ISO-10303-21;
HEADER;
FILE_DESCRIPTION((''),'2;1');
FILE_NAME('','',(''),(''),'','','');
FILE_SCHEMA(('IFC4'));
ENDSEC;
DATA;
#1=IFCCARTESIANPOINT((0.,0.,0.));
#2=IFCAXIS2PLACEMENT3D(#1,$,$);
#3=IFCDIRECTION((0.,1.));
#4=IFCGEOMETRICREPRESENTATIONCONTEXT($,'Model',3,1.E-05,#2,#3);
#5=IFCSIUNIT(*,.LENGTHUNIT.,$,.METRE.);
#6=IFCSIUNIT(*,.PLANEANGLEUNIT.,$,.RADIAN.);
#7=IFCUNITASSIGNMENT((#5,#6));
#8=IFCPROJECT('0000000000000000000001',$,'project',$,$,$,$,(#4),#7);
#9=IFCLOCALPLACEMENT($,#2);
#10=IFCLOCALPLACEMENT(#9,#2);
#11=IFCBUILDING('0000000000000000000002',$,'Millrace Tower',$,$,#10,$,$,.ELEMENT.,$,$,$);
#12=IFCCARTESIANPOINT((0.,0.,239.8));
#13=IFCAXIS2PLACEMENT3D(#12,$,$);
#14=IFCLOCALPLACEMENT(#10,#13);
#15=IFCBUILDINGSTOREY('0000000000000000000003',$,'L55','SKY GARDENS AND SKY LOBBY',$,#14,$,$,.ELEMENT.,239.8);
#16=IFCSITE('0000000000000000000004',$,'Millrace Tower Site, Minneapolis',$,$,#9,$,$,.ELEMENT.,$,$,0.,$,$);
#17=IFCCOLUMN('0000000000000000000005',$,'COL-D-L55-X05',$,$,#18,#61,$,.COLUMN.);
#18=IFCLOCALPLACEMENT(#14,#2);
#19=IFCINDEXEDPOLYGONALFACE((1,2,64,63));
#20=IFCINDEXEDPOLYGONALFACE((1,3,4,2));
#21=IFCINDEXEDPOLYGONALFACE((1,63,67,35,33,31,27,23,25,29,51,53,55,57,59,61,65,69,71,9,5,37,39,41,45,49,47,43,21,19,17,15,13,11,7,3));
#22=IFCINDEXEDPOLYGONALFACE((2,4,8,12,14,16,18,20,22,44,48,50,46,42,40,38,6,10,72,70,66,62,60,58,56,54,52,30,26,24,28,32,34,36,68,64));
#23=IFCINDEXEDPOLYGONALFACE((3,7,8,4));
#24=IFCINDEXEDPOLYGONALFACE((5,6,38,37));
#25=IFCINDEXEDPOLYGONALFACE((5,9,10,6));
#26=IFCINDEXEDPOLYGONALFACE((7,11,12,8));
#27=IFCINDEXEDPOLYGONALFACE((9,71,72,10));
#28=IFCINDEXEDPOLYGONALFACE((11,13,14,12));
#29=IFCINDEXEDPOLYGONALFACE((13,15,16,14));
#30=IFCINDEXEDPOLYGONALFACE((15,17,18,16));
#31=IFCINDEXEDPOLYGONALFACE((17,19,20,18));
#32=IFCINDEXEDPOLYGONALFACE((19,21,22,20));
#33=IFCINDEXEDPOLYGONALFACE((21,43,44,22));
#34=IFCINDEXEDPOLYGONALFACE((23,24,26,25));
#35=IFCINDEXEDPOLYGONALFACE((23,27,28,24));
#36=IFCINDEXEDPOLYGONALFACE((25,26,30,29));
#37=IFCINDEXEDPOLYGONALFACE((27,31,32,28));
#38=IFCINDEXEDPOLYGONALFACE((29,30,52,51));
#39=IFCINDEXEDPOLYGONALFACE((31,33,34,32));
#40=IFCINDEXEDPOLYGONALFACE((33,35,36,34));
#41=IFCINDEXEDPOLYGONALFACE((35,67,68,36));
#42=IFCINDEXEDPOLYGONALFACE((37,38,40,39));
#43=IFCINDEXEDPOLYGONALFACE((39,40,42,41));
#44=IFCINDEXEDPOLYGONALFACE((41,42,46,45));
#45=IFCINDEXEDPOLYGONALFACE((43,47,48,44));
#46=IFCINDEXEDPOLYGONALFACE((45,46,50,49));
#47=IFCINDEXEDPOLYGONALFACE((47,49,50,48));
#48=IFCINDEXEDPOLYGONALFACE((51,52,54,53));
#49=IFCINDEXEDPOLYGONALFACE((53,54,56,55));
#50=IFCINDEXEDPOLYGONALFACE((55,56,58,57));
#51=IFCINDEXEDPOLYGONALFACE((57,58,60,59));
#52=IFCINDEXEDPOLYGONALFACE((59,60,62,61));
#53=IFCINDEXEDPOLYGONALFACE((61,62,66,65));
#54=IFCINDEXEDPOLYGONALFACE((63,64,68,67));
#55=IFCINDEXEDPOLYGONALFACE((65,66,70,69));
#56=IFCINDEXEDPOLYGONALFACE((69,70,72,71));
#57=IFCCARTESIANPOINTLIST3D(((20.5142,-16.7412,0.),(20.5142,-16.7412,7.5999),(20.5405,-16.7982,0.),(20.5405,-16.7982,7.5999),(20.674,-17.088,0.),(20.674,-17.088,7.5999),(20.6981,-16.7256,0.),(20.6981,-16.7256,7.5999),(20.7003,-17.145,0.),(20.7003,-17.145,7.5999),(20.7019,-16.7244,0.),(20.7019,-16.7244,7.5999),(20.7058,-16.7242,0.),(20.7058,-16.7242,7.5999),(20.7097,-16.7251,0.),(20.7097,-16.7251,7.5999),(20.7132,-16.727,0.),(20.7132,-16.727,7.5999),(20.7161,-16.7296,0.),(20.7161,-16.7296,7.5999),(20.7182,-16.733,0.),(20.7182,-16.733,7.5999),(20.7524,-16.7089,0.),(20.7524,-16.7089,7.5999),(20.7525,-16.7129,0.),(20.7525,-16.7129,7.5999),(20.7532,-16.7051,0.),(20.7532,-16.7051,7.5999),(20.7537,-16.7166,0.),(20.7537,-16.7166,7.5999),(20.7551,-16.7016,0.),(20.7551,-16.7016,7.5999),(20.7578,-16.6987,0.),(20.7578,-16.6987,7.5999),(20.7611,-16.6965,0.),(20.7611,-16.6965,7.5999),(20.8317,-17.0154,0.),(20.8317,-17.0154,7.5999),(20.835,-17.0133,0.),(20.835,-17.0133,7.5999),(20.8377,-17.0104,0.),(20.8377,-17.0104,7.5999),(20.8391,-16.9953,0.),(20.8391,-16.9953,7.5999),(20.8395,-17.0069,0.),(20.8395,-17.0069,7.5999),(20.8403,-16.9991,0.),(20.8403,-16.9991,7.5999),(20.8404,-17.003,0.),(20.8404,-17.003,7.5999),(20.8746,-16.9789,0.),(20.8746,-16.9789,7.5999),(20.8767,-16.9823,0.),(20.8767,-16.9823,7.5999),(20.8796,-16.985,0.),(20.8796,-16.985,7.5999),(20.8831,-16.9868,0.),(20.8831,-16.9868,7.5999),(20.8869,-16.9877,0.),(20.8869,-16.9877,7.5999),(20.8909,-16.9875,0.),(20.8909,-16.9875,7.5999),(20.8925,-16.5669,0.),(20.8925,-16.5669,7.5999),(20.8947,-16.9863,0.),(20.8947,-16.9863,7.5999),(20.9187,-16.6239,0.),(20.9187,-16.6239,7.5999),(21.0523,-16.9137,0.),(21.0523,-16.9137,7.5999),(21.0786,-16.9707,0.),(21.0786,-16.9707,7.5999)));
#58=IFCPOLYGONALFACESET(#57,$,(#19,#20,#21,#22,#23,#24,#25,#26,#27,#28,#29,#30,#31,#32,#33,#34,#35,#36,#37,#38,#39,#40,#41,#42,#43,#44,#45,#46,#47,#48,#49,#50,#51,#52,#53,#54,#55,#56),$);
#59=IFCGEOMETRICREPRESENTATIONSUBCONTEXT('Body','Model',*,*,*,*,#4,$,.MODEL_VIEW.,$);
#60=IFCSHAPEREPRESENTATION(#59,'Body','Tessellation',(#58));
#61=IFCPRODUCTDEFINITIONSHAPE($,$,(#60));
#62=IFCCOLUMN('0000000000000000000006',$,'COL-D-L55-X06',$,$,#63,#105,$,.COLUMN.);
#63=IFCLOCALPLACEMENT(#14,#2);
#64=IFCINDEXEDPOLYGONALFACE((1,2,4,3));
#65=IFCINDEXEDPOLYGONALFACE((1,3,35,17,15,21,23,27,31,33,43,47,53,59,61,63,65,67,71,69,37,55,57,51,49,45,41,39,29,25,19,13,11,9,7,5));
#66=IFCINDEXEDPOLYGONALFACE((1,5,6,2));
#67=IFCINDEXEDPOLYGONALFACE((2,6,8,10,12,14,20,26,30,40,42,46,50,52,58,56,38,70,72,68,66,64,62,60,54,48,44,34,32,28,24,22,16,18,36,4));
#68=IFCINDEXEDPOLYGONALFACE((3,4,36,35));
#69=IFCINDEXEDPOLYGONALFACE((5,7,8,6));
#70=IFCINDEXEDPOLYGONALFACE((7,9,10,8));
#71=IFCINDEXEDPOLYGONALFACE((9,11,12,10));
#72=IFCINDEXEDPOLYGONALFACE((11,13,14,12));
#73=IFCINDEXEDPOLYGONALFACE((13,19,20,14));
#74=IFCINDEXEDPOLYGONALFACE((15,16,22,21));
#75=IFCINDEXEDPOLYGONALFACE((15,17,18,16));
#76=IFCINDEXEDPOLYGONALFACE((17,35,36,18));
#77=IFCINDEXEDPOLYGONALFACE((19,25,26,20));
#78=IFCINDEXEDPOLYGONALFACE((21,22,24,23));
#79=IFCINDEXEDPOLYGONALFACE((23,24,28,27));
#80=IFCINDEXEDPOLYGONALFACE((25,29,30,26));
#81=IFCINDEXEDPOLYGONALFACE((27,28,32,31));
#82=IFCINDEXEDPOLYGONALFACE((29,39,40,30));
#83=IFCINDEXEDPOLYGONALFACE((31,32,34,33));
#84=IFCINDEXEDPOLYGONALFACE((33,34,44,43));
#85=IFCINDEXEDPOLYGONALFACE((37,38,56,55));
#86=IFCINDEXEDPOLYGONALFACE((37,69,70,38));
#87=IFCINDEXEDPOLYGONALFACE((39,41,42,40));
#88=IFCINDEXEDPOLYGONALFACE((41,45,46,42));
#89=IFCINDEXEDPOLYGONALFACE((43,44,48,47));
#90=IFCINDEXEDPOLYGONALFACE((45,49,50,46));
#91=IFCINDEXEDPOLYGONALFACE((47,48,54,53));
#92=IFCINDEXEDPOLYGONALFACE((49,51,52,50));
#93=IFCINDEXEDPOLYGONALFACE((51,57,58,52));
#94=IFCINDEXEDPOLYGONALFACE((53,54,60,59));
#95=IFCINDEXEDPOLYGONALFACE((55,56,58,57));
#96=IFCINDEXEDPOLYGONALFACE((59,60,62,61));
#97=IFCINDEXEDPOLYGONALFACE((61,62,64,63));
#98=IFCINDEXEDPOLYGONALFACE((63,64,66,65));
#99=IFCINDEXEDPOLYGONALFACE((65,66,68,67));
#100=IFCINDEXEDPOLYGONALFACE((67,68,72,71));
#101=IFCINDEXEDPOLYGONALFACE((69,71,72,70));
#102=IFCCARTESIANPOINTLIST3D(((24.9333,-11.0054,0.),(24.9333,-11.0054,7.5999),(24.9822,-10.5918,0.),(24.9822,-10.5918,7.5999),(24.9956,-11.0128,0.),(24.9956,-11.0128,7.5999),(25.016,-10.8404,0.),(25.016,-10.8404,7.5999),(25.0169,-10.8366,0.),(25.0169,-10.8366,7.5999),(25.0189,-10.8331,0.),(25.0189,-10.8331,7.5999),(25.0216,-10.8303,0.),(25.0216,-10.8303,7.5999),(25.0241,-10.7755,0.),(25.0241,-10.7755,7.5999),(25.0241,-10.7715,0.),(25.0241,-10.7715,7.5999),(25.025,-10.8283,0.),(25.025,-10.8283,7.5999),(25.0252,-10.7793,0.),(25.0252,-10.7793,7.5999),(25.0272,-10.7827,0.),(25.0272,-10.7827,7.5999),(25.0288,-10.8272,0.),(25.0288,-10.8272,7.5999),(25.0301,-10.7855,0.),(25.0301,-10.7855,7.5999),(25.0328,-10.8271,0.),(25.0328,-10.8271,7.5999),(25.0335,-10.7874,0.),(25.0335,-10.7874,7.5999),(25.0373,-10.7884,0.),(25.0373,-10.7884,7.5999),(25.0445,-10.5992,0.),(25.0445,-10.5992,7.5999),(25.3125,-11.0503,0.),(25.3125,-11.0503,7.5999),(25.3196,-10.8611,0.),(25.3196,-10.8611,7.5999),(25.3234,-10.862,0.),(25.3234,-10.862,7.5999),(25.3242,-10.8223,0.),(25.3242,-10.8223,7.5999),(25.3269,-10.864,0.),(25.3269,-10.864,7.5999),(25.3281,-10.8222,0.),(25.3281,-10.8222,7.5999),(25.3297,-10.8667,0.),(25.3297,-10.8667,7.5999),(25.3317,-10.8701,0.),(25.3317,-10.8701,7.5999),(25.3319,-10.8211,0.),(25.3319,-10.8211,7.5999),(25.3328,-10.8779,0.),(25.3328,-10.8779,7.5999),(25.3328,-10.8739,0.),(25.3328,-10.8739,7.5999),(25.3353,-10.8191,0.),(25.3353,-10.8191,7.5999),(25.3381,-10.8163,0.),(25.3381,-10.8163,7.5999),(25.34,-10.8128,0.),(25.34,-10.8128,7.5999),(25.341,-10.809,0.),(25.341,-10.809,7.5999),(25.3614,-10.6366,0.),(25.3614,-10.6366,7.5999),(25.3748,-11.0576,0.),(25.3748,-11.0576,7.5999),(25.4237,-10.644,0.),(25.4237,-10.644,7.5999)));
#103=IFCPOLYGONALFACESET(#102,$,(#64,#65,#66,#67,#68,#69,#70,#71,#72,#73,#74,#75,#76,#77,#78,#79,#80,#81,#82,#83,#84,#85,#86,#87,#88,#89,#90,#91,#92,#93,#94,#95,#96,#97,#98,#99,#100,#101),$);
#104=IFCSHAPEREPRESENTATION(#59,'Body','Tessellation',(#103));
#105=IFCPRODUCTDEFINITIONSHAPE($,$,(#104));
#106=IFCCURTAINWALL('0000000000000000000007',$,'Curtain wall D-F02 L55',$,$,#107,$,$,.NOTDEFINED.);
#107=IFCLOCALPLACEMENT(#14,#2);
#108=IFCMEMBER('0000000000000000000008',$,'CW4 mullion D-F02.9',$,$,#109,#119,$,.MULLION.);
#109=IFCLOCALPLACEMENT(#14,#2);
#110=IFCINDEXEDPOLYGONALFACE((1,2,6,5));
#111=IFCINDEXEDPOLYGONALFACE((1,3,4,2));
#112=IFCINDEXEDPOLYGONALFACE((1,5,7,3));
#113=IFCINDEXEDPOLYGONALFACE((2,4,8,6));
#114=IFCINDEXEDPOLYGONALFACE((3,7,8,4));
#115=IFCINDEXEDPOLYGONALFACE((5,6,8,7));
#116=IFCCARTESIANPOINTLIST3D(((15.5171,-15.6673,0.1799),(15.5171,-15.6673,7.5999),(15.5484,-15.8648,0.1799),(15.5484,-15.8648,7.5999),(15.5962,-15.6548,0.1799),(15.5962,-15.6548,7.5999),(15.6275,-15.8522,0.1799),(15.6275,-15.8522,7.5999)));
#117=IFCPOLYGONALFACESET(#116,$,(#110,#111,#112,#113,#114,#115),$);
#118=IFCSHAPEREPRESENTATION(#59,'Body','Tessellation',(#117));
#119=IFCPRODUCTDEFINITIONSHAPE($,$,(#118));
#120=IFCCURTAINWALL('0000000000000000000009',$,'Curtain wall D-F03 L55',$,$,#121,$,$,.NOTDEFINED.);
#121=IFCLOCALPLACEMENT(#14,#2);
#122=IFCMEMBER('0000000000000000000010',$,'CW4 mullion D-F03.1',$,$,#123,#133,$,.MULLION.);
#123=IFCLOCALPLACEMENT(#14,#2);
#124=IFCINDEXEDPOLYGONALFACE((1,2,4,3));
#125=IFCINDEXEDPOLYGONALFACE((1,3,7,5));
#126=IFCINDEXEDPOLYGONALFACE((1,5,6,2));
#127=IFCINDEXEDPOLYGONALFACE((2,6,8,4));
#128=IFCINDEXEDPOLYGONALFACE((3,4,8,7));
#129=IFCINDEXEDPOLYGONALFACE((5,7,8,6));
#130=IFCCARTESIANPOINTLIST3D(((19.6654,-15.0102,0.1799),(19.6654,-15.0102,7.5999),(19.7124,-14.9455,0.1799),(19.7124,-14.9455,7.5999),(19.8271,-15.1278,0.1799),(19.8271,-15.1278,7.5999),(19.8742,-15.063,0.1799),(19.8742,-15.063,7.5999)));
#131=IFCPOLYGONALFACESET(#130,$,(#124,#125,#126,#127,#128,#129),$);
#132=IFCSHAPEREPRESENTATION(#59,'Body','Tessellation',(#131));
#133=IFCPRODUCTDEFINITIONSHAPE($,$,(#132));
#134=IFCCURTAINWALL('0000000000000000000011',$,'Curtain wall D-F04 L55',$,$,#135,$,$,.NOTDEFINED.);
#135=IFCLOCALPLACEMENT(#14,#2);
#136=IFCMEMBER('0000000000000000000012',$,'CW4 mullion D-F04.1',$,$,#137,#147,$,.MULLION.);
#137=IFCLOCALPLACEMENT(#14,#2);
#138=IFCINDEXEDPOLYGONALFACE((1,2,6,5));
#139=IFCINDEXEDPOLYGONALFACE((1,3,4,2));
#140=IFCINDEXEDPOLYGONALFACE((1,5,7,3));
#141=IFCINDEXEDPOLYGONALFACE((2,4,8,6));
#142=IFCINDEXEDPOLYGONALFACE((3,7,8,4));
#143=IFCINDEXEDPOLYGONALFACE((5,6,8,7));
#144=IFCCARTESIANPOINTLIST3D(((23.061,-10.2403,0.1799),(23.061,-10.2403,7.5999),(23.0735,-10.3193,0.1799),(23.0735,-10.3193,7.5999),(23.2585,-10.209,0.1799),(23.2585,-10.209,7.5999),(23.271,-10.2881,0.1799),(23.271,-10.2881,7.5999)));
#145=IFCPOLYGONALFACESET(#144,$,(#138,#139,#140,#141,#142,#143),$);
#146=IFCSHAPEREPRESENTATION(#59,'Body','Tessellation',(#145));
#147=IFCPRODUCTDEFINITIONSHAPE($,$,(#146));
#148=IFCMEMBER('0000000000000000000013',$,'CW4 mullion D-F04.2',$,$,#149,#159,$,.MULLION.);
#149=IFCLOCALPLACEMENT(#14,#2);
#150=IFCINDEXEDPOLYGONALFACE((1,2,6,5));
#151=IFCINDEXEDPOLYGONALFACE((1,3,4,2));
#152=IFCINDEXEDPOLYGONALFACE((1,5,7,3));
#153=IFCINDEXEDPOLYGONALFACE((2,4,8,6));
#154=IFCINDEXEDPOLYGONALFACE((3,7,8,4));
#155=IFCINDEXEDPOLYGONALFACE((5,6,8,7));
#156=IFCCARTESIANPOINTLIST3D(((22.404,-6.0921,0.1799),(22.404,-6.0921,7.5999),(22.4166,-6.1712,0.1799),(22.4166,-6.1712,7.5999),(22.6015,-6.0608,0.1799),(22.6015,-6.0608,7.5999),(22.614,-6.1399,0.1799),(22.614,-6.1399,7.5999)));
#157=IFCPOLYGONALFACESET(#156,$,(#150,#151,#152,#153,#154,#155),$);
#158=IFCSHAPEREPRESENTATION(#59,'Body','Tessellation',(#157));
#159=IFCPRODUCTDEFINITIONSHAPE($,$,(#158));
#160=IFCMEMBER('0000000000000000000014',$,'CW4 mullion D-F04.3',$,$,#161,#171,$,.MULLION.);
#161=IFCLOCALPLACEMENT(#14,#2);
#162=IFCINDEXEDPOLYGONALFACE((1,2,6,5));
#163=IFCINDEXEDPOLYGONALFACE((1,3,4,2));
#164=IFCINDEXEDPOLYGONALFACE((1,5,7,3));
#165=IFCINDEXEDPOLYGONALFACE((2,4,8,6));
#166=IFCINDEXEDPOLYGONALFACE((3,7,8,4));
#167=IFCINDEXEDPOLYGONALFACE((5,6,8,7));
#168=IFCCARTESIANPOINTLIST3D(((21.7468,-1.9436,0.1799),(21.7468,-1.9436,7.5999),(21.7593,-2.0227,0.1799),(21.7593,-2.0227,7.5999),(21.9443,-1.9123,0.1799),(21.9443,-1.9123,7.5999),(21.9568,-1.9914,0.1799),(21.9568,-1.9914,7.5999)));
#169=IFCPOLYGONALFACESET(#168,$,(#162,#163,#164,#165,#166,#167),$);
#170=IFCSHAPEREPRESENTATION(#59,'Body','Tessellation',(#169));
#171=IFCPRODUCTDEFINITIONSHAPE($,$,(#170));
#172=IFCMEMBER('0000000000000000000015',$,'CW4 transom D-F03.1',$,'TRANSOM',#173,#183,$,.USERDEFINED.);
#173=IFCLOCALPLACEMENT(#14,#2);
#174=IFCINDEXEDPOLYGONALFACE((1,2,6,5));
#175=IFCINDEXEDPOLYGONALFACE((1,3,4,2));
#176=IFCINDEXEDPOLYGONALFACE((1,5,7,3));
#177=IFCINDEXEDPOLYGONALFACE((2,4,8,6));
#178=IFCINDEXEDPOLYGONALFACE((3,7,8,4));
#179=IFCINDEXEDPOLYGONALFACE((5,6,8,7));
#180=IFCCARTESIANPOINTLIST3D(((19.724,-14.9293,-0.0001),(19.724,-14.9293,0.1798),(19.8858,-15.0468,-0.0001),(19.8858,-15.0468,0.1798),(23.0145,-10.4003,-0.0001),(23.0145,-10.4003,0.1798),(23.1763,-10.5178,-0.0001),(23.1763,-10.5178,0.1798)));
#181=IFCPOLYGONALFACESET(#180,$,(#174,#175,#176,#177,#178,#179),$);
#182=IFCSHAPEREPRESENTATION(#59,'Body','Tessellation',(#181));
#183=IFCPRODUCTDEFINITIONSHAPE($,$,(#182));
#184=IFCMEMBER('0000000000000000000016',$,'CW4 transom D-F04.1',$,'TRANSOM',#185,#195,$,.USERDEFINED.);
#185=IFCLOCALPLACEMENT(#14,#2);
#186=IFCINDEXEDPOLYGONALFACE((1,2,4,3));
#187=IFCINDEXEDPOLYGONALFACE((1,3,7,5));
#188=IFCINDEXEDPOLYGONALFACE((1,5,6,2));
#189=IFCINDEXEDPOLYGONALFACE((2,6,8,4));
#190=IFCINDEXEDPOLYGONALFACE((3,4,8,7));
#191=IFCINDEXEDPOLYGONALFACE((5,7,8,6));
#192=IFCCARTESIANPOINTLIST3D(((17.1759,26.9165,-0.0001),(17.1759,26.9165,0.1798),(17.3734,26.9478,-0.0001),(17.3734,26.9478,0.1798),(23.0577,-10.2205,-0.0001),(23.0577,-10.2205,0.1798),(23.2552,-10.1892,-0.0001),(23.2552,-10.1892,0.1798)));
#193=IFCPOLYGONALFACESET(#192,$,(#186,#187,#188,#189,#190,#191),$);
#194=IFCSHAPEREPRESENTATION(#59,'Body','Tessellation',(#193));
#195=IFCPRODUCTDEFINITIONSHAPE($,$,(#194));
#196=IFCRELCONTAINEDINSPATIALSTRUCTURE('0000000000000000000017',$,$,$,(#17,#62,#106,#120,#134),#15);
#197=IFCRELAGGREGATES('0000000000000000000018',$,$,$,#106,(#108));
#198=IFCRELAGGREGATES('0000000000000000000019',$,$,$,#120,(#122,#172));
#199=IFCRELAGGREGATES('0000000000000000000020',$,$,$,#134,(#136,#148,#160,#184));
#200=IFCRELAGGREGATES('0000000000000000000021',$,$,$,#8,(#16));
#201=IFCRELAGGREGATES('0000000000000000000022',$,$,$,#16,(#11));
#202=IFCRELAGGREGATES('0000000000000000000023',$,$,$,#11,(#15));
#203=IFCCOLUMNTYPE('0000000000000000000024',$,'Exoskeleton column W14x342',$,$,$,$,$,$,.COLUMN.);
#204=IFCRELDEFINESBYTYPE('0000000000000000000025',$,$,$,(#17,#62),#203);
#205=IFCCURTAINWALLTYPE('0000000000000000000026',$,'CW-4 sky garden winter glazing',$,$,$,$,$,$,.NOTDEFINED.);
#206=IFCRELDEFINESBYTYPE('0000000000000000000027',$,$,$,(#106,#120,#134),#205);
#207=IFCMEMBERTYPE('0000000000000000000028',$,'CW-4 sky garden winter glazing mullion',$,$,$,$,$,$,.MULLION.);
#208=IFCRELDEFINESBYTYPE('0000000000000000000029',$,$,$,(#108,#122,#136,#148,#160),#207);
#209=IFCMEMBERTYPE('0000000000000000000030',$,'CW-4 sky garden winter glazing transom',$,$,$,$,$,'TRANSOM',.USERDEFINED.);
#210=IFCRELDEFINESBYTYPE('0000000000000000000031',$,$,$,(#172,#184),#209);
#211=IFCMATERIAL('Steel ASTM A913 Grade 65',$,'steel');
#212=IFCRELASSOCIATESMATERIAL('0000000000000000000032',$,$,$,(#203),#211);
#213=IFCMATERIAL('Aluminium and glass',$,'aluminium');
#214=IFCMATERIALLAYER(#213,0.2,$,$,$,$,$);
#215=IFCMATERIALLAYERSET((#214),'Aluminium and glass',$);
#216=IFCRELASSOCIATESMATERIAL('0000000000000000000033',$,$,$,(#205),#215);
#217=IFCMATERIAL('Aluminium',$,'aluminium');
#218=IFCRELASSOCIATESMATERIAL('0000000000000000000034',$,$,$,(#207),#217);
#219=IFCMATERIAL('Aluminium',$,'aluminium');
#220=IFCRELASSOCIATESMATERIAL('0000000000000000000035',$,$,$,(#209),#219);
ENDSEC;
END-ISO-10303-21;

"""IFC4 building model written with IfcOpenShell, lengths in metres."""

from ifc_helpers import new_model, si_unit, direction, frame, origin, origin_2d, place, context, subcontext, project, spatial, rectangle, i_section, extrude, material, layer, layer_set, material_profile, profile_set, type_object, element, aggregate, save


model = new_model("IFC4")

# Units and contexts
model_context = context("Model", 3, precision=1e-05, world=origin(), true_north=direction((0.0, 1.0)))
body_context = subcontext(model_context, "Body", "Model", "MODEL_VIEW")
ifc_project = project(units=[si_unit("LENGTHUNIT", "METRE"), si_unit("PLANEANGLEUNIT", "RADIAN")], contexts=[model_context])

# Site, building, storey
site_placement = place(None, origin())
site = spatial("IfcSite", under=ifc_project, at=site_placement, Name="Millrace Tower Site, Minneapolis", CompositionType="ELEMENT", RefElevation=0.0)
building_placement = place(site_placement, origin())
building = spatial("IfcBuilding", under=site, at=building_placement, Name="Millrace Tower", CompositionType="ELEMENT")
storey_placement = place(building_placement, frame((0.0, 0.0, 239.8)))
storey = spatial("IfcBuildingStorey", under=building, at=storey_placement, Name="L55", Description="SKY GARDENS AND SKY LOBBY", CompositionType="ELEMENT", Elevation=239.8)

# Columns
ifc_material_1 = material(Name="Steel ASTM A913 Grade 65", Category="steel")
ifc_material_profile_1 = material_profile(ifc_material_1, i_section(OverallWidth=0.4165, OverallDepth=0.4446, WebThickness=0.0391, FlangeThickness=0.0627, FilletRadius=0.0151, at=origin_2d()))
ifc_profile_set_1 = profile_set([ifc_material_profile_1], Name="Steel ASTM A913 Grade 65")
column_type = type_object("IfcColumnType", Name="Exoskeleton column W14x342", PredefinedType="COLUMN", material=ifc_profile_set_1)
for number, where, z_axis, x_axis, name in (
    (1, (20.7964, -16.856, 0.0), (0.0, 0.0, 1.0), (0.908192, 0.418553, 0.0), "COL-D-L55-X05"),
    (2, (25.1785, -10.8247, 0.0), (0.0, 0.0, 1.0), (0.117421, 0.993082, 0.0), "COL-D-L55-X06"),
):
    element("IfcColumn", number, at=place(storey_placement, frame(where, z_axis=z_axis, x_axis=x_axis)), inside=storey, type_object=column_type, Name=name, PredefinedType="COLUMN", context=body_context, shape_type="SweptSolid", body=[
        extrude(i_section(OverallWidth=0.4165, OverallDepth=0.4446, WebThickness=0.0391, FlangeThickness=0.0627, FilletRadius=0.0151, at=origin_2d()), origin(), (0.0, 0.0, 1.0), 7.5999),
    ])

# Curtain walls, members
ifc_material_2 = material(Name="Aluminium and glass", Category="aluminium")
ifc_layer_1 = layer(ifc_material_2, 0.2)
ifc_layer_set_1 = layer_set([ifc_layer_1], Name="Aluminium and glass")
curtain_wall_type = type_object("IfcCurtainWallType", Name="CW-4 sky garden winter glazing", PredefinedType="NOTDEFINED", material=ifc_layer_set_1)
placement = place(storey_placement, origin())
curtain_wall_1 = element("IfcCurtainWall", 3, at=placement, inside=storey, type_object=curtain_wall_type, Name="Curtain wall D-F02 L55", PredefinedType="NOTDEFINED")
ifc_material_3 = material(Name="Aluminium", Category="aluminium")
ifc_material_profile_2 = material_profile(ifc_material_3, rectangle(XDim=0.0801, YDim=0.2, at=origin_2d()))
ifc_profile_set_2 = profile_set([ifc_material_profile_2], Name="Aluminium")
member_type_1 = type_object("IfcMemberType", Name="CW-4 sky garden winter glazing mullion", PredefinedType="MULLION", material=ifc_profile_set_2)
member_1_placement = place(storey_placement, frame((15.5723, -15.7598, 0.1799), z_axis=(0.0, 0.0, 1.0), x_axis=(0.987688, 0.156434, 0.0)))
member_1 = element("IfcMember", 4, at=member_1_placement, type_object=member_type_1, Name="CW4 mullion D-F02.9", PredefinedType="MULLION", context=body_context, shape_type="SweptSolid", body=[
    extrude(rectangle(XDim=0.0801, YDim=0.2, at=origin_2d()), origin(), (0.0, 0.0, 1.0), 7.4199),
])
aggregate(curtain_wall_1, [member_1])
curtain_wall_2 = element("IfcCurtainWall", 5, at=placement, inside=storey, type_object=curtain_wall_type, Name="Curtain wall D-F03 L55", PredefinedType="NOTDEFINED")
member_2_placement = place(storey_placement, frame((19.7698, -15.0366, 0.1799), z_axis=(0.0, 0.0, 1.0), x_axis=(0.587785, 0.809017, 0.0)))
member_2 = element("IfcMember", 6, at=member_2_placement, type_object=member_type_1, Name="CW4 mullion D-F03.1", PredefinedType="MULLION", context=body_context, shape_type="SweptSolid", body=[
    extrude(rectangle(XDim=0.0801, YDim=0.2, at=origin_2d()), origin(), (0.0, 0.0, 1.0), 7.4199),
])

# Curtain wall, members
curtain_wall_3 = element("IfcCurtainWall", 7, at=placement, inside=storey, type_object=curtain_wall_type, Name="Curtain wall D-F04 L55", PredefinedType="NOTDEFINED")
member_3_placement = place(storey_placement, frame((23.166, -10.2642, 0.1799), z_axis=(0.0, 0.0, 1.0), x_axis=(-0.156434, 0.987688, 0.0)))
member_3 = element("IfcMember", 8, at=member_3_placement, type_object=member_type_1, Name="CW4 mullion D-F04.1", PredefinedType="MULLION", context=body_context, shape_type="SweptSolid", body=[
    extrude(rectangle(XDim=0.0801, YDim=0.2, at=origin_2d()), origin(), (0.0, 0.0, 1.0), 7.4199),
])
member_4_placement = place(storey_placement, frame((22.509, -6.116, 0.1799), z_axis=(0.0, 0.0, 1.0), x_axis=(-0.156434, 0.987688, 0.0)))
member_4 = element("IfcMember", 9, at=member_4_placement, type_object=member_type_1, Name="CW4 mullion D-F04.2", PredefinedType="MULLION", context=body_context, shape_type="SweptSolid", body=[
    extrude(rectangle(XDim=0.0801, YDim=0.2, at=origin_2d()), origin(), (0.0, 0.0, 1.0), 7.4199),
])
member_5_placement = place(storey_placement, frame((21.8518, -1.9675, 0.1799), z_axis=(0.0, 0.0, 1.0), x_axis=(-0.156434, 0.987688, 0.0)))
member_5 = element("IfcMember", 10, at=member_5_placement, type_object=member_type_1, Name="CW4 mullion D-F04.3", PredefinedType="MULLION", context=body_context, shape_type="SweptSolid", body=[
    extrude(rectangle(XDim=0.0801, YDim=0.2, at=origin_2d()), origin(), (0.0, 0.0, 1.0), 7.4199),
])

# Members
ifc_material_4 = material(Name="Aluminium", Category="aluminium")
ifc_material_profile_3 = material_profile(ifc_material_4, rectangle(XDim=0.2, YDim=0.1799, at=origin_2d()))
ifc_profile_set_3 = profile_set([ifc_material_profile_3], Name="Aluminium")
member_type_2 = type_object("IfcMemberType", Name="CW-4 sky garden winter glazing transom", ElementType="TRANSOM", PredefinedType="USERDEFINED", material=ifc_profile_set_3)
member_6_placement = place(storey_placement, frame((19.8049, -14.988, 0.0898), z_axis=(0.587783, 0.809019, 0.0), x_axis=(-0.809019, 0.587783, 0.0)))
member_6 = element("IfcMember", 11, at=member_6_placement, type_object=member_type_2, Name="CW4 transom D-F03.1", ObjectType="TRANSOM", PredefinedType="USERDEFINED", context=body_context, shape_type="SweptSolid", body=[
    extrude(rectangle(XDim=0.2, YDim=0.1799, at=origin_2d()), origin(), (0.0, 0.0, 1.0), 5.5981),
])
aggregate(curtain_wall_2, [member_2, member_6])
member_7_placement = place(storey_placement, frame((23.1565, -10.2048, 0.0898), z_axis=(-0.156432, 0.987689, 0.0), x_axis=(-0.987689, -0.156432, 0.0)))
member_7 = element("IfcMember", 12, at=member_7_placement, type_object=member_type_2, Name="CW4 transom D-F04.1", ObjectType="TRANSOM", PredefinedType="USERDEFINED", context=body_context, shape_type="SweptSolid", body=[
    extrude(rectangle(XDim=0.2, YDim=0.1799, at=origin_2d()), origin(), (0.0, 0.0, 1.0), 37.5999),
])
aggregate(curtain_wall_3, [member_3, member_4, member_5, member_7])

save(model, "model.ifc")
